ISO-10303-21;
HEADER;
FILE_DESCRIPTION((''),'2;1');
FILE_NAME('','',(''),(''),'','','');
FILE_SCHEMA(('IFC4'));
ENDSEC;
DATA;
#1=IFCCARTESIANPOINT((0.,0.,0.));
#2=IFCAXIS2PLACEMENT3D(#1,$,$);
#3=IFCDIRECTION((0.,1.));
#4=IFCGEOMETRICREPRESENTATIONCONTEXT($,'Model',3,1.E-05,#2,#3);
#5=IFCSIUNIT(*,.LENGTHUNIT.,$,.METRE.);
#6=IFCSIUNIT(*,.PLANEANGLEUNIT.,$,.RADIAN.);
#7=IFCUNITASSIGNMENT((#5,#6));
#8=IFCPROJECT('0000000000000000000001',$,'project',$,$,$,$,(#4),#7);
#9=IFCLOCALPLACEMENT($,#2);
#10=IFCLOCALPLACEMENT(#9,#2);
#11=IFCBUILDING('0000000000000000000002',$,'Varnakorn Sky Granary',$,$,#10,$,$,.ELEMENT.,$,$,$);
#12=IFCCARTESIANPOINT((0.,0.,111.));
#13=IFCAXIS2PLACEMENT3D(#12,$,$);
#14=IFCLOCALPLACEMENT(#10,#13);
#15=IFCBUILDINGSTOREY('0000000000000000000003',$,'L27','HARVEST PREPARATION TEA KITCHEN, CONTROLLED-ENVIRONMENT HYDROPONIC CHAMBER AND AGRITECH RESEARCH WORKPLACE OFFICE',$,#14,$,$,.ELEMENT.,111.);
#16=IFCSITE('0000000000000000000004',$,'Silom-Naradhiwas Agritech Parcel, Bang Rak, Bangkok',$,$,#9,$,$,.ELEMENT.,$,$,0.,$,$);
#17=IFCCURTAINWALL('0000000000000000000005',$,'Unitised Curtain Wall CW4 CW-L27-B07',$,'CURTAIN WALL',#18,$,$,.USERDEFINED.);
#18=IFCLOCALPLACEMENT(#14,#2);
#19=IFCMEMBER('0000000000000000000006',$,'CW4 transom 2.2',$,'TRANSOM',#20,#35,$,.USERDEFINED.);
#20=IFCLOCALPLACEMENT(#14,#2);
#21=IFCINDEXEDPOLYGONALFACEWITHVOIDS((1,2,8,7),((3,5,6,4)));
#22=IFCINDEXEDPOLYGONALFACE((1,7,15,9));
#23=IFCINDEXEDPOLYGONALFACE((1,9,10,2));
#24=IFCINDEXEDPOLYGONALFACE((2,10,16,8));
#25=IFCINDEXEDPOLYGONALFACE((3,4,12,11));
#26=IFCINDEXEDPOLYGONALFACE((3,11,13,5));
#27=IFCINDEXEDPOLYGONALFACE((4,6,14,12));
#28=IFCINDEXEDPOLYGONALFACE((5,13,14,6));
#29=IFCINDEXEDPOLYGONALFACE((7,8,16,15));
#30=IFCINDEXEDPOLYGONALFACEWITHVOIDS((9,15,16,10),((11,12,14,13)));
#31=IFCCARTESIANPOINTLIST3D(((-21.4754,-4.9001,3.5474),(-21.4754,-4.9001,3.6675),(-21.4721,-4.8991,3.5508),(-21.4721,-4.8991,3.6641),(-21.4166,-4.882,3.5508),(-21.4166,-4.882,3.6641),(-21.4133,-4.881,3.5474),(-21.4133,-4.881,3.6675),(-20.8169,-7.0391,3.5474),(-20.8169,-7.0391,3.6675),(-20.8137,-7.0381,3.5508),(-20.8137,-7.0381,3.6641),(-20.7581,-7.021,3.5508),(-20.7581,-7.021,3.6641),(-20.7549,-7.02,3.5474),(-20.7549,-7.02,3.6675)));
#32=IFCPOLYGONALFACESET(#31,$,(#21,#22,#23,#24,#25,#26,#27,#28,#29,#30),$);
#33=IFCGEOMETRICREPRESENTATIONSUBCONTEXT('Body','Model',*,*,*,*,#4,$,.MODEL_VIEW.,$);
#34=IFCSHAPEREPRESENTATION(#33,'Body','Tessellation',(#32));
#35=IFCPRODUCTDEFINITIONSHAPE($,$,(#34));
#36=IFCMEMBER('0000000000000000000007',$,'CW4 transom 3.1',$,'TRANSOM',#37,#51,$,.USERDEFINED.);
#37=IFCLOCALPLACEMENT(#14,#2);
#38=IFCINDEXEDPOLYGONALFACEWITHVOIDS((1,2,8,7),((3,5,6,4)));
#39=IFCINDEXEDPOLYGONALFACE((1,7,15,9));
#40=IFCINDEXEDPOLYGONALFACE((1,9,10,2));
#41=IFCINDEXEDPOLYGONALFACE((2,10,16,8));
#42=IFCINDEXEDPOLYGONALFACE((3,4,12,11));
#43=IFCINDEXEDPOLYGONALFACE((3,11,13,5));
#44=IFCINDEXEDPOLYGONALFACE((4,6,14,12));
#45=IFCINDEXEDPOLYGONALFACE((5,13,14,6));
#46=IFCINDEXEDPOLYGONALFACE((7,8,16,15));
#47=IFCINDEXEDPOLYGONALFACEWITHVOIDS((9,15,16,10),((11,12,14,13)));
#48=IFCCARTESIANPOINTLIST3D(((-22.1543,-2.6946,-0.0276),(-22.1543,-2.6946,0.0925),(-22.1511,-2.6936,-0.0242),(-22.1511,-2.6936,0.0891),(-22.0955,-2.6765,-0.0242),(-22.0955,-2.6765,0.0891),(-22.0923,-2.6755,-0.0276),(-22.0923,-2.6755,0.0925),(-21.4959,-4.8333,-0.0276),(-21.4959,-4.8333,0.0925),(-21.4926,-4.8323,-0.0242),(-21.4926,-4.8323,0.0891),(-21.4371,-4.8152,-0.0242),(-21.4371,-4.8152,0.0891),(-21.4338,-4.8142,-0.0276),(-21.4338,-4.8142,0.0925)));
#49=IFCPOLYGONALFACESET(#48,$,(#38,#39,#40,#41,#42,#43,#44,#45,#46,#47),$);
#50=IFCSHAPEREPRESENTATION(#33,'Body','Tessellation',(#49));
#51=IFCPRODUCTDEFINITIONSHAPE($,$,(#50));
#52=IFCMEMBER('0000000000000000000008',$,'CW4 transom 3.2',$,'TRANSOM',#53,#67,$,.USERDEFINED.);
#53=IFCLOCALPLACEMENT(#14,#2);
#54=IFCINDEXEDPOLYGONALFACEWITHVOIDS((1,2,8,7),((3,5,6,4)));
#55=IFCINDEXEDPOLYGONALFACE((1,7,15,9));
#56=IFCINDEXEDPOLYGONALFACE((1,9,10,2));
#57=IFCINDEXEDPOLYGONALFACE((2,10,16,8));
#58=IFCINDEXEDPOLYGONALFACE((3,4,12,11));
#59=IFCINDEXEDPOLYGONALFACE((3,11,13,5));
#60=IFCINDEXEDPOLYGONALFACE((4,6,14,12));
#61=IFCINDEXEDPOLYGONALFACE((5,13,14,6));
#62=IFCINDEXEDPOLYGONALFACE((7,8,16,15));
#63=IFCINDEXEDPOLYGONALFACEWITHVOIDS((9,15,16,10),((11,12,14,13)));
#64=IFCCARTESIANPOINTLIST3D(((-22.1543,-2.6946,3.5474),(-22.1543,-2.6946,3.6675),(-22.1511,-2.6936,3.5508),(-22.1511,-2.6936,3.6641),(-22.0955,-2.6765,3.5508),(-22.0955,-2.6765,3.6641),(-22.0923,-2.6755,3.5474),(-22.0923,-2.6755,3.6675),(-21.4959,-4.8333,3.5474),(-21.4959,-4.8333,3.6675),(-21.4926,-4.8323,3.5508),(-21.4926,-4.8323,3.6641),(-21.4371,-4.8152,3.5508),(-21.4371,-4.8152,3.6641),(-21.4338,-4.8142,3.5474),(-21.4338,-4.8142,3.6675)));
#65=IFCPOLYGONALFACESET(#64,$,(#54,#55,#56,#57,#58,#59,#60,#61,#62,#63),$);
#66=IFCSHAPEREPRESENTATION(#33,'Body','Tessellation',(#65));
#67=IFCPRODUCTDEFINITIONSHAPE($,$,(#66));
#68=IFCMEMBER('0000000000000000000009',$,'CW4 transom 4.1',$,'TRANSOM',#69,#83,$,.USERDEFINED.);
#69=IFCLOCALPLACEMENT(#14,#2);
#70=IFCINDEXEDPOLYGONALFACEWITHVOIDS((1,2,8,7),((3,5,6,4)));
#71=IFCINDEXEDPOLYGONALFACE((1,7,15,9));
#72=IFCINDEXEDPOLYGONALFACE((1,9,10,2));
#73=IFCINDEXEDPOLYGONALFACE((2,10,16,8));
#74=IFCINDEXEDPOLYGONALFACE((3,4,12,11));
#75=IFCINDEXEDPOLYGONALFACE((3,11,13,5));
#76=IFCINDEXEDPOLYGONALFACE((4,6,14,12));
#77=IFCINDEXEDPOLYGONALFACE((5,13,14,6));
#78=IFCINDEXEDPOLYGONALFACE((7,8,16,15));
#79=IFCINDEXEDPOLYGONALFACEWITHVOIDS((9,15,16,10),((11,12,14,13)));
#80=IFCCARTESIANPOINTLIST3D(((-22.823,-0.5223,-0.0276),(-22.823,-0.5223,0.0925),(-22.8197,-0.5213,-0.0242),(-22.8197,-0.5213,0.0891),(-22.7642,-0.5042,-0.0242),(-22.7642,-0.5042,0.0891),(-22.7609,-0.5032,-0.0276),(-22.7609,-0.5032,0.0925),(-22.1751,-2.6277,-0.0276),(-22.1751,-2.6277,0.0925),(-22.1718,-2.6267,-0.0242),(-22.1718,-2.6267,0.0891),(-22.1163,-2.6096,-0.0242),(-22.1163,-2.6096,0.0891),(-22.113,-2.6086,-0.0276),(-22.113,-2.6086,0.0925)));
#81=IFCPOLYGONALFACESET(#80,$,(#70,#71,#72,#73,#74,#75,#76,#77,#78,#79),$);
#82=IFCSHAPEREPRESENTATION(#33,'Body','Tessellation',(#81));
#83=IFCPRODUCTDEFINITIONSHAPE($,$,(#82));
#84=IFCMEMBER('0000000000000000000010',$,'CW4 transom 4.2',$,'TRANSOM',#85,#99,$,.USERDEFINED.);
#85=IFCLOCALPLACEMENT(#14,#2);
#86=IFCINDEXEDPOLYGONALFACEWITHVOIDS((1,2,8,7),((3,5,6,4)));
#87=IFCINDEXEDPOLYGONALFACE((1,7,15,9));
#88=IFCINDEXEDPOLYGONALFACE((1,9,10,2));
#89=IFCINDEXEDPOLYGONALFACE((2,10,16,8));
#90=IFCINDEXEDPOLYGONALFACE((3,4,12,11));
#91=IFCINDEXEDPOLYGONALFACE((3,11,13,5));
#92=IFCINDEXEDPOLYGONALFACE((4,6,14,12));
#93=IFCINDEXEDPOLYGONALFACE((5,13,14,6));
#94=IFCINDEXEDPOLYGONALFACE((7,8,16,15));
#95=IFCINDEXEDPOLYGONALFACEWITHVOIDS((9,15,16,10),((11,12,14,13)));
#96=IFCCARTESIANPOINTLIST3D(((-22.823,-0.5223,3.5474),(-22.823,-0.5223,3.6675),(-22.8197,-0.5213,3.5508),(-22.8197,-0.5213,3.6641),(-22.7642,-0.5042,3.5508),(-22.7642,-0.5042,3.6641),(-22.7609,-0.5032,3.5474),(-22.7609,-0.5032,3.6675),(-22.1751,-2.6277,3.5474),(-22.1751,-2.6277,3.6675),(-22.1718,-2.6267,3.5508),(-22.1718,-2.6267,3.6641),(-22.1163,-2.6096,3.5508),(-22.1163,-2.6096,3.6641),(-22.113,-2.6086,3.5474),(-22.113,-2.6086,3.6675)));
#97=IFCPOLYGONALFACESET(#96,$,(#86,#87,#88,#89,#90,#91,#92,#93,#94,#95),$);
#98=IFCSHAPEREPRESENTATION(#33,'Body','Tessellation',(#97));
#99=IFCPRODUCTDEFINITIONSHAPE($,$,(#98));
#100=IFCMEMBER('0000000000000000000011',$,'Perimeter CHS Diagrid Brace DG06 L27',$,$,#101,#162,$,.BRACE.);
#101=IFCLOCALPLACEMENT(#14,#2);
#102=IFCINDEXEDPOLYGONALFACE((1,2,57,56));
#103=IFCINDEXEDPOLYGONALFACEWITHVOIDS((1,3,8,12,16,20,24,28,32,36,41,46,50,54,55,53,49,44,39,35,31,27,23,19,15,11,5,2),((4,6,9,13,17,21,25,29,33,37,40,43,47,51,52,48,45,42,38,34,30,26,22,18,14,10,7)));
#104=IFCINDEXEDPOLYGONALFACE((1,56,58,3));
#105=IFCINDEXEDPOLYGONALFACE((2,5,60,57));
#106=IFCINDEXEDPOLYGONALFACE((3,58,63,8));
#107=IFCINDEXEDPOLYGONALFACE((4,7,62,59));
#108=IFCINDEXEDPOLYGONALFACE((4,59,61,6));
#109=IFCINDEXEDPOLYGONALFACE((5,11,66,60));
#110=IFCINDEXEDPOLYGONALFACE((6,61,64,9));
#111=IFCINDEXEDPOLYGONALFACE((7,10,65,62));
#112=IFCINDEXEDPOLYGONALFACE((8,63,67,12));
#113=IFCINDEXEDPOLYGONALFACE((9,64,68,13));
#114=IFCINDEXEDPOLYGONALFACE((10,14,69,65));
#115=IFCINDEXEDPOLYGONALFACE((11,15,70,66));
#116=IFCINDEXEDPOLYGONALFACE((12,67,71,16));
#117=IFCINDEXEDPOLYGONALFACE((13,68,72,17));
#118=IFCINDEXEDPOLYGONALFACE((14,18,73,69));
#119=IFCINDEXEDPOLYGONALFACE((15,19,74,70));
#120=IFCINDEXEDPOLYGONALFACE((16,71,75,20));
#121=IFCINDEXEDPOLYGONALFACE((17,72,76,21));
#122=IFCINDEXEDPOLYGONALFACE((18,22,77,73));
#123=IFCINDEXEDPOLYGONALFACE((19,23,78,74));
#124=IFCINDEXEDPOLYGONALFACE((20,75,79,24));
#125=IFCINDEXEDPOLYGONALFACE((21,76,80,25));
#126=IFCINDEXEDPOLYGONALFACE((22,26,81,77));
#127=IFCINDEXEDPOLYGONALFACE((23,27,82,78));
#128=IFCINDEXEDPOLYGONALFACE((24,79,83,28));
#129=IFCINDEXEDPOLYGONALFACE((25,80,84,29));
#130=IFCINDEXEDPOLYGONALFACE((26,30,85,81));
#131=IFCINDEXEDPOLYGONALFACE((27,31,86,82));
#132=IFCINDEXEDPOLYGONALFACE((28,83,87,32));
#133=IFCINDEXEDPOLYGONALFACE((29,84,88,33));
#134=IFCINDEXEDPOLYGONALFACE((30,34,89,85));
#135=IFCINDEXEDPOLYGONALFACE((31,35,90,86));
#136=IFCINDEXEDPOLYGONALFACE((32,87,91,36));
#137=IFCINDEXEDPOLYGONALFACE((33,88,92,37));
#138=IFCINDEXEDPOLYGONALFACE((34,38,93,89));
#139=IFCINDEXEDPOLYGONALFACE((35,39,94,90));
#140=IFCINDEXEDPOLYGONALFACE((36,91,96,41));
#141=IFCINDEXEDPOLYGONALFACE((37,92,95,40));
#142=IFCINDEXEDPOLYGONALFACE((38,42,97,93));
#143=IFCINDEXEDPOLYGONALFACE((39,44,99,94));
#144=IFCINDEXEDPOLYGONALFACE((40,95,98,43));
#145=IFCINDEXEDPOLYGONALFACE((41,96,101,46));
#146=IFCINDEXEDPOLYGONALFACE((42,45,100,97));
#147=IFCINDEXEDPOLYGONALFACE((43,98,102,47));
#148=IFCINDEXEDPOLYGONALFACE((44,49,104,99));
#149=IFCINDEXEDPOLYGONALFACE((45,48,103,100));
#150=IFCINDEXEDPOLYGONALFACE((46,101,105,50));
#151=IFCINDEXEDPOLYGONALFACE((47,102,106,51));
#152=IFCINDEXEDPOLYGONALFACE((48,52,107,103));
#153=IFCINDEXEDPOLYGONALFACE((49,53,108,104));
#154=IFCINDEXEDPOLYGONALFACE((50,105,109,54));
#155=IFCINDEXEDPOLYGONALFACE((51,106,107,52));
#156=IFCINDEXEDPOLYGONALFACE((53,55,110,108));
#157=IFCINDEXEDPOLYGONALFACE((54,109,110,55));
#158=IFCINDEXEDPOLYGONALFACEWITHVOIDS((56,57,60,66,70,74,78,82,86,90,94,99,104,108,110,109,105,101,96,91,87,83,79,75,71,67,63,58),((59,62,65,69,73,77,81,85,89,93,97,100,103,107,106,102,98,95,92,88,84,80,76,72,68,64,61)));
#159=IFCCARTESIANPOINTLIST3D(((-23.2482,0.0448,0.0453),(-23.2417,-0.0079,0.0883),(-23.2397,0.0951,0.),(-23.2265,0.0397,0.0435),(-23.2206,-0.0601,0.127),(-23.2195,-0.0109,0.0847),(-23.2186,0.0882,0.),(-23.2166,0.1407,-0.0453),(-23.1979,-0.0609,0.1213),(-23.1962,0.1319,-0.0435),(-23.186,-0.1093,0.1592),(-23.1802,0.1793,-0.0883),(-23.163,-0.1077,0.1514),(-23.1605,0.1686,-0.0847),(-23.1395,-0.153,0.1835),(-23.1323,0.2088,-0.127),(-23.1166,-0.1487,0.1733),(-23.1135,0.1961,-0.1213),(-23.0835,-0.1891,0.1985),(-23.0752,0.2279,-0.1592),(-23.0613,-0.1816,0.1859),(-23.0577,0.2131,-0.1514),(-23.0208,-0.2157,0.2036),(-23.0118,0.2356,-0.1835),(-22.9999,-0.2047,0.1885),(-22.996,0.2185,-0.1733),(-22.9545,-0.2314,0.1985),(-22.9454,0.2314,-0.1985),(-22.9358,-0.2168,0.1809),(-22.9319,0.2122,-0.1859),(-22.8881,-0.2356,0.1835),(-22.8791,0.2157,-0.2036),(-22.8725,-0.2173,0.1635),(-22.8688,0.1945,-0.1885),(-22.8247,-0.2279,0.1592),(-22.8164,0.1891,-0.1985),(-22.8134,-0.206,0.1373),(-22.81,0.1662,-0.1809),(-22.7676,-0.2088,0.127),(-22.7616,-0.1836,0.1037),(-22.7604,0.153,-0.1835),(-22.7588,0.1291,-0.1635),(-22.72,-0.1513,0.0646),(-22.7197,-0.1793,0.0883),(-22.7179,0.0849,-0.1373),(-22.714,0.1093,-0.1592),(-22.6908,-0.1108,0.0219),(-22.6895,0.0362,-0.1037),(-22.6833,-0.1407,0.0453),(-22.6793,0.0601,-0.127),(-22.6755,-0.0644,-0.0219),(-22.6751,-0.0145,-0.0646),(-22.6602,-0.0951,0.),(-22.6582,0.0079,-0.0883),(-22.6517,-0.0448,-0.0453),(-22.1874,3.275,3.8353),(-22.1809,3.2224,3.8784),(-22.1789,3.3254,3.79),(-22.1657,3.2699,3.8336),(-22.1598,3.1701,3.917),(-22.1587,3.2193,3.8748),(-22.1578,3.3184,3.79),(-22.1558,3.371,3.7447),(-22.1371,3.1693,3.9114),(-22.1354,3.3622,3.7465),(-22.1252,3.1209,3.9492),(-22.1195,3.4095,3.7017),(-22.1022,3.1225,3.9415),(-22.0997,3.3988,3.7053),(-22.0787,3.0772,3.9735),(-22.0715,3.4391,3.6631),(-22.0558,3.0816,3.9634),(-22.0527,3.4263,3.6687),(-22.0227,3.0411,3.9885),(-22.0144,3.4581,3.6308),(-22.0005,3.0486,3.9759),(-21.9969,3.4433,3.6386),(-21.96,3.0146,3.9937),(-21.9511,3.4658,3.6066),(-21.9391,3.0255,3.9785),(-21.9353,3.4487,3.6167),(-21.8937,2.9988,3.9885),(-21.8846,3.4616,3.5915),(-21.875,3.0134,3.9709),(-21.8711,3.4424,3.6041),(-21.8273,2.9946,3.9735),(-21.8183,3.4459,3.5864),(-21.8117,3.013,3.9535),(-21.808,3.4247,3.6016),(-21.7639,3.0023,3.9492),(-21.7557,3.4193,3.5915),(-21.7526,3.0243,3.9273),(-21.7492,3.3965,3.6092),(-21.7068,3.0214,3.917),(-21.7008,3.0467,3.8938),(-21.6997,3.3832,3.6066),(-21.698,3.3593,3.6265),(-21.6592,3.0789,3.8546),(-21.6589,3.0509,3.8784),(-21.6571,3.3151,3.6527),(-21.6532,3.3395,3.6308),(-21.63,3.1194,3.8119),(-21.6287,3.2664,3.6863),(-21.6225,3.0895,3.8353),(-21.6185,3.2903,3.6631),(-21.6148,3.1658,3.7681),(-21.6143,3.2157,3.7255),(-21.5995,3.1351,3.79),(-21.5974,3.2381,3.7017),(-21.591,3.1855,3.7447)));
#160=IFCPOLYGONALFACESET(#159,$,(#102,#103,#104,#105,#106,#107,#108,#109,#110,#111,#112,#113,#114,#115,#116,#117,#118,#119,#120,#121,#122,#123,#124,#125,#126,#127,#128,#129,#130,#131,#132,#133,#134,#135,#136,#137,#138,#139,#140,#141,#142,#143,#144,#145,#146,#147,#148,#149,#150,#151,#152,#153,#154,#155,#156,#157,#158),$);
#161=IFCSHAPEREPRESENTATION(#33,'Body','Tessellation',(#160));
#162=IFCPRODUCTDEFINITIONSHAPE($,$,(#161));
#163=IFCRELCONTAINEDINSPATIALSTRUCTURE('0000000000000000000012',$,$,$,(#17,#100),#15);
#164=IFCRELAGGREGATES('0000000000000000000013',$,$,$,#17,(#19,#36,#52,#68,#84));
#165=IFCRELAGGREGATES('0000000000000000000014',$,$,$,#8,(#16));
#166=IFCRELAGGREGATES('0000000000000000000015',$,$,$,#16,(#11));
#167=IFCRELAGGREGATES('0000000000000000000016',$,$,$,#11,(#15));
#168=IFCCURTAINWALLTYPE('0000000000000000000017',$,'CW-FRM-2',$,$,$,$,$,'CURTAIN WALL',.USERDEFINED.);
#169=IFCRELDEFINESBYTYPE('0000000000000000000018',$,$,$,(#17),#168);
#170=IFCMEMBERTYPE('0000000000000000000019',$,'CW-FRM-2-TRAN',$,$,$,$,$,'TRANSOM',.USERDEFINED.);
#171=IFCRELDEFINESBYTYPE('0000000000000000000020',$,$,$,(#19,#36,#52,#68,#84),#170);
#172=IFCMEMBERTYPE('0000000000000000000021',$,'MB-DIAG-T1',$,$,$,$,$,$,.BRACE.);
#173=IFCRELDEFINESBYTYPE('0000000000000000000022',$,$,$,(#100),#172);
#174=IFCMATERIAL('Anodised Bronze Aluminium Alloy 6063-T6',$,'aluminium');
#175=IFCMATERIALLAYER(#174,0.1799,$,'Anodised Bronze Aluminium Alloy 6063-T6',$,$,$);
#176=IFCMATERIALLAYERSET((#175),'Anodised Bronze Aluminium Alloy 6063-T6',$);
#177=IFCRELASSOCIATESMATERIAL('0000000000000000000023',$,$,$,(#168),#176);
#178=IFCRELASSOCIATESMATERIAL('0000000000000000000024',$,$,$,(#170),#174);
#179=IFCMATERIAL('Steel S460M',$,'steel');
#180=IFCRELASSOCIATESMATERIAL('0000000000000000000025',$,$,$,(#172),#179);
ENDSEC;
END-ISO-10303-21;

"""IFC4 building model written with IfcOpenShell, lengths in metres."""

from ifc_helpers import new_model, si_unit, direction, frame, origin, origin_2d, place, context, subcontext, project, spatial, hollow_rectangle, hollow_circle, extrude, material, layer, layer_set, material_profile, profile_set, type_object, element, aggregate, save


model = new_model("IFC4")

# Units and contexts
model_context = context("Model", 3, precision=1e-05, world=origin(), true_north=direction((0.0, 1.0)))
body_context = subcontext(model_context, "Body", "Model", "MODEL_VIEW")
ifc_project = project(units=[si_unit("LENGTHUNIT", "METRE"), si_unit("PLANEANGLEUNIT", "RADIAN")], contexts=[model_context])

# Site, building, storey
site_placement = place(None, origin())
site = spatial("IfcSite", under=ifc_project, at=site_placement, Name="Silom-Naradhiwas Agritech Parcel, Bang Rak, Bangkok", CompositionType="ELEMENT", RefElevation=0.0)
building_placement = place(site_placement, origin())
building = spatial("IfcBuilding", under=site, at=building_placement, Name="Varnakorn Sky Granary", CompositionType="ELEMENT")
storey_placement = place(building_placement, frame((0.0, 0.0, 111.0)))
storey = spatial("IfcBuildingStorey", under=building, at=storey_placement, Name="L27", Description="HARVEST PREPARATION TEA KITCHEN, CONTROLLED-ENVIRONMENT HYDROPONIC CHAMBER AND AGRITECH RESEARCH WORKPLACE OFFICE", CompositionType="ELEMENT", Elevation=111.0)

# Shared definitions
ifc_material_1 = material(Name="Steel S460M", Category="steel")

# Curtain wall, members
ifc_material_2 = material(Name="Anodised Bronze Aluminium Alloy 6063-T6", Category="aluminium")
ifc_layer_1 = layer(ifc_material_2, 0.1799, Name="Anodised Bronze Aluminium Alloy 6063-T6")
ifc_layer_set_1 = layer_set([ifc_layer_1], Name="Anodised Bronze Aluminium Alloy 6063-T6")
curtain_wall_type = type_object("IfcCurtainWallType", Name="CW-FRM-2", ElementType="CURTAIN WALL", PredefinedType="USERDEFINED", material=ifc_layer_set_1)
curtain_wall_placement = place(storey_placement, origin())
curtain_wall = element("IfcCurtainWall", 1, at=curtain_wall_placement, inside=storey, type_object=curtain_wall_type, Name="Unitised Curtain Wall CW4 CW-L27-B07", ObjectType="CURTAIN WALL", PredefinedType="USERDEFINED")
ifc_material_profile_1 = material_profile(ifc_material_2, hollow_rectangle(XDim=0.0649, YDim=0.1201, WallThickness=0.0034, at=origin_2d()), Name="ALU TRAN 65x120")
ifc_profile_set_1 = profile_set([ifc_material_profile_1], Name="Anodised Bronze Aluminium Alloy 6063-T6")
member_type_1 = type_object("IfcMemberType", Name="CW-FRM-2-TRAN", ElementType="TRANSOM", PredefinedType="USERDEFINED", material=ifc_profile_set_1)
member_1_placement = place(storey_placement, frame((-20.7859, -7.0295, 3.6074), z_axis=(-0.294216, 0.955739, 0.0), x_axis=(-0.955739, -0.294216, 0.0)))
member_1 = element("IfcMember", 2, at=member_1_placement, type_object=member_type_1, Name="CW4 transom 2.2", ObjectType="TRANSOM", PredefinedType="USERDEFINED", context=body_context, shape_type="SweptSolid", body=[
    extrude(hollow_rectangle(XDim=0.0649, YDim=0.1201, WallThickness=0.0034, at=origin_2d()), origin(), (0.0, 0.0, 1.0), 2.238),
])
member_2_placement = place(storey_placement, frame((-21.4648, -4.8237, 0.0325), z_axis=(-0.294247, 0.955729, 0.0), x_axis=(-0.955729, -0.294247, 0.0)))
member_2 = element("IfcMember", 3, at=member_2_placement, type_object=member_type_1, Name="CW4 transom 3.1", ObjectType="TRANSOM", PredefinedType="USERDEFINED", context=body_context, shape_type="SweptSolid", body=[
    extrude(hollow_rectangle(XDim=0.0649, YDim=0.1201, WallThickness=0.0034, at=origin_2d()), origin(), (0.0, 0.0, 1.0), 2.2378),
])
member_3_placement = place(storey_placement, frame((-21.4648, -4.8237, 3.6074), z_axis=(-0.294247, 0.955729, 0.0), x_axis=(-0.955729, -0.294247, 0.0)))
member_3 = element("IfcMember", 4, at=member_3_placement, type_object=member_type_1, Name="CW4 transom 3.2", ObjectType="TRANSOM", PredefinedType="USERDEFINED", context=body_context, shape_type="SweptSolid", body=[
    extrude(hollow_rectangle(XDim=0.0649, YDim=0.1201, WallThickness=0.0034, at=origin_2d()), origin(), (0.0, 0.0, 1.0), 2.2378),
])
member_4_placement = place(storey_placement, frame((-22.144, -2.6182, 0.0325), z_axis=(-0.294133, 0.955765, 0.0), x_axis=(-0.955765, -0.294133, 0.0)))
member_4 = element("IfcMember", 5, at=member_4_placement, type_object=member_type_1, Name="CW4 transom 4.1", ObjectType="TRANSOM", PredefinedType="USERDEFINED", context=body_context, shape_type="SweptSolid", body=[
    extrude(hollow_rectangle(XDim=0.0649, YDim=0.1201, WallThickness=0.0034, at=origin_2d()), origin(), (0.0, 0.0, 1.0), 2.2029),
])
member_5_placement = place(storey_placement, frame((-22.144, -2.6182, 3.6074), z_axis=(-0.294133, 0.955765, 0.0), x_axis=(-0.955765, -0.294133, 0.0)))
member_5 = element("IfcMember", 6, at=member_5_placement, type_object=member_type_1, Name="CW4 transom 4.2", ObjectType="TRANSOM", PredefinedType="USERDEFINED", context=body_context, shape_type="SweptSolid", body=[
    extrude(hollow_rectangle(XDim=0.0649, YDim=0.1201, WallThickness=0.0034, at=origin_2d()), origin(), (0.0, 0.0, 1.0), 2.2029),
])

# Member
ifc_material_profile_2 = material_profile(ifc_material_1, hollow_circle(Radius=0.3049, WallThickness=0.0222, at=origin_2d()), Name="CHS 610x22")
ifc_profile_set_2 = profile_set([ifc_material_profile_2], Name="Steel S460M")
member_type_2 = type_object("IfcMemberType", Name="MB-DIAG-T1", PredefinedType="BRACE", material=ifc_profile_set_2)
for number, where, z_axis, x_axis, name in (
    (7, (-22.95, 0.0, 0.0), (0.208343, 0.634427, 0.744376), (-0.950081, 0.312002, 0.0), "Perimeter CHS Diagrid Brace DG06 L27"),
):
    element("IfcMember", number, at=place(storey_placement, frame(where, z_axis=z_axis, x_axis=x_axis)), inside=storey, type_object=member_type_2, Name=name, PredefinedType="BRACE", context=body_context, shape_type="SweptSolid", body=[
        extrude(hollow_circle(Radius=0.3049, WallThickness=0.0222, at=origin_2d()), origin(), (0.0, 0.0, 1.0), 5.0916),
    ])

aggregate(curtain_wall, [member_1, member_2, member_3, member_4, member_5])

save(model, "model.ifc")
